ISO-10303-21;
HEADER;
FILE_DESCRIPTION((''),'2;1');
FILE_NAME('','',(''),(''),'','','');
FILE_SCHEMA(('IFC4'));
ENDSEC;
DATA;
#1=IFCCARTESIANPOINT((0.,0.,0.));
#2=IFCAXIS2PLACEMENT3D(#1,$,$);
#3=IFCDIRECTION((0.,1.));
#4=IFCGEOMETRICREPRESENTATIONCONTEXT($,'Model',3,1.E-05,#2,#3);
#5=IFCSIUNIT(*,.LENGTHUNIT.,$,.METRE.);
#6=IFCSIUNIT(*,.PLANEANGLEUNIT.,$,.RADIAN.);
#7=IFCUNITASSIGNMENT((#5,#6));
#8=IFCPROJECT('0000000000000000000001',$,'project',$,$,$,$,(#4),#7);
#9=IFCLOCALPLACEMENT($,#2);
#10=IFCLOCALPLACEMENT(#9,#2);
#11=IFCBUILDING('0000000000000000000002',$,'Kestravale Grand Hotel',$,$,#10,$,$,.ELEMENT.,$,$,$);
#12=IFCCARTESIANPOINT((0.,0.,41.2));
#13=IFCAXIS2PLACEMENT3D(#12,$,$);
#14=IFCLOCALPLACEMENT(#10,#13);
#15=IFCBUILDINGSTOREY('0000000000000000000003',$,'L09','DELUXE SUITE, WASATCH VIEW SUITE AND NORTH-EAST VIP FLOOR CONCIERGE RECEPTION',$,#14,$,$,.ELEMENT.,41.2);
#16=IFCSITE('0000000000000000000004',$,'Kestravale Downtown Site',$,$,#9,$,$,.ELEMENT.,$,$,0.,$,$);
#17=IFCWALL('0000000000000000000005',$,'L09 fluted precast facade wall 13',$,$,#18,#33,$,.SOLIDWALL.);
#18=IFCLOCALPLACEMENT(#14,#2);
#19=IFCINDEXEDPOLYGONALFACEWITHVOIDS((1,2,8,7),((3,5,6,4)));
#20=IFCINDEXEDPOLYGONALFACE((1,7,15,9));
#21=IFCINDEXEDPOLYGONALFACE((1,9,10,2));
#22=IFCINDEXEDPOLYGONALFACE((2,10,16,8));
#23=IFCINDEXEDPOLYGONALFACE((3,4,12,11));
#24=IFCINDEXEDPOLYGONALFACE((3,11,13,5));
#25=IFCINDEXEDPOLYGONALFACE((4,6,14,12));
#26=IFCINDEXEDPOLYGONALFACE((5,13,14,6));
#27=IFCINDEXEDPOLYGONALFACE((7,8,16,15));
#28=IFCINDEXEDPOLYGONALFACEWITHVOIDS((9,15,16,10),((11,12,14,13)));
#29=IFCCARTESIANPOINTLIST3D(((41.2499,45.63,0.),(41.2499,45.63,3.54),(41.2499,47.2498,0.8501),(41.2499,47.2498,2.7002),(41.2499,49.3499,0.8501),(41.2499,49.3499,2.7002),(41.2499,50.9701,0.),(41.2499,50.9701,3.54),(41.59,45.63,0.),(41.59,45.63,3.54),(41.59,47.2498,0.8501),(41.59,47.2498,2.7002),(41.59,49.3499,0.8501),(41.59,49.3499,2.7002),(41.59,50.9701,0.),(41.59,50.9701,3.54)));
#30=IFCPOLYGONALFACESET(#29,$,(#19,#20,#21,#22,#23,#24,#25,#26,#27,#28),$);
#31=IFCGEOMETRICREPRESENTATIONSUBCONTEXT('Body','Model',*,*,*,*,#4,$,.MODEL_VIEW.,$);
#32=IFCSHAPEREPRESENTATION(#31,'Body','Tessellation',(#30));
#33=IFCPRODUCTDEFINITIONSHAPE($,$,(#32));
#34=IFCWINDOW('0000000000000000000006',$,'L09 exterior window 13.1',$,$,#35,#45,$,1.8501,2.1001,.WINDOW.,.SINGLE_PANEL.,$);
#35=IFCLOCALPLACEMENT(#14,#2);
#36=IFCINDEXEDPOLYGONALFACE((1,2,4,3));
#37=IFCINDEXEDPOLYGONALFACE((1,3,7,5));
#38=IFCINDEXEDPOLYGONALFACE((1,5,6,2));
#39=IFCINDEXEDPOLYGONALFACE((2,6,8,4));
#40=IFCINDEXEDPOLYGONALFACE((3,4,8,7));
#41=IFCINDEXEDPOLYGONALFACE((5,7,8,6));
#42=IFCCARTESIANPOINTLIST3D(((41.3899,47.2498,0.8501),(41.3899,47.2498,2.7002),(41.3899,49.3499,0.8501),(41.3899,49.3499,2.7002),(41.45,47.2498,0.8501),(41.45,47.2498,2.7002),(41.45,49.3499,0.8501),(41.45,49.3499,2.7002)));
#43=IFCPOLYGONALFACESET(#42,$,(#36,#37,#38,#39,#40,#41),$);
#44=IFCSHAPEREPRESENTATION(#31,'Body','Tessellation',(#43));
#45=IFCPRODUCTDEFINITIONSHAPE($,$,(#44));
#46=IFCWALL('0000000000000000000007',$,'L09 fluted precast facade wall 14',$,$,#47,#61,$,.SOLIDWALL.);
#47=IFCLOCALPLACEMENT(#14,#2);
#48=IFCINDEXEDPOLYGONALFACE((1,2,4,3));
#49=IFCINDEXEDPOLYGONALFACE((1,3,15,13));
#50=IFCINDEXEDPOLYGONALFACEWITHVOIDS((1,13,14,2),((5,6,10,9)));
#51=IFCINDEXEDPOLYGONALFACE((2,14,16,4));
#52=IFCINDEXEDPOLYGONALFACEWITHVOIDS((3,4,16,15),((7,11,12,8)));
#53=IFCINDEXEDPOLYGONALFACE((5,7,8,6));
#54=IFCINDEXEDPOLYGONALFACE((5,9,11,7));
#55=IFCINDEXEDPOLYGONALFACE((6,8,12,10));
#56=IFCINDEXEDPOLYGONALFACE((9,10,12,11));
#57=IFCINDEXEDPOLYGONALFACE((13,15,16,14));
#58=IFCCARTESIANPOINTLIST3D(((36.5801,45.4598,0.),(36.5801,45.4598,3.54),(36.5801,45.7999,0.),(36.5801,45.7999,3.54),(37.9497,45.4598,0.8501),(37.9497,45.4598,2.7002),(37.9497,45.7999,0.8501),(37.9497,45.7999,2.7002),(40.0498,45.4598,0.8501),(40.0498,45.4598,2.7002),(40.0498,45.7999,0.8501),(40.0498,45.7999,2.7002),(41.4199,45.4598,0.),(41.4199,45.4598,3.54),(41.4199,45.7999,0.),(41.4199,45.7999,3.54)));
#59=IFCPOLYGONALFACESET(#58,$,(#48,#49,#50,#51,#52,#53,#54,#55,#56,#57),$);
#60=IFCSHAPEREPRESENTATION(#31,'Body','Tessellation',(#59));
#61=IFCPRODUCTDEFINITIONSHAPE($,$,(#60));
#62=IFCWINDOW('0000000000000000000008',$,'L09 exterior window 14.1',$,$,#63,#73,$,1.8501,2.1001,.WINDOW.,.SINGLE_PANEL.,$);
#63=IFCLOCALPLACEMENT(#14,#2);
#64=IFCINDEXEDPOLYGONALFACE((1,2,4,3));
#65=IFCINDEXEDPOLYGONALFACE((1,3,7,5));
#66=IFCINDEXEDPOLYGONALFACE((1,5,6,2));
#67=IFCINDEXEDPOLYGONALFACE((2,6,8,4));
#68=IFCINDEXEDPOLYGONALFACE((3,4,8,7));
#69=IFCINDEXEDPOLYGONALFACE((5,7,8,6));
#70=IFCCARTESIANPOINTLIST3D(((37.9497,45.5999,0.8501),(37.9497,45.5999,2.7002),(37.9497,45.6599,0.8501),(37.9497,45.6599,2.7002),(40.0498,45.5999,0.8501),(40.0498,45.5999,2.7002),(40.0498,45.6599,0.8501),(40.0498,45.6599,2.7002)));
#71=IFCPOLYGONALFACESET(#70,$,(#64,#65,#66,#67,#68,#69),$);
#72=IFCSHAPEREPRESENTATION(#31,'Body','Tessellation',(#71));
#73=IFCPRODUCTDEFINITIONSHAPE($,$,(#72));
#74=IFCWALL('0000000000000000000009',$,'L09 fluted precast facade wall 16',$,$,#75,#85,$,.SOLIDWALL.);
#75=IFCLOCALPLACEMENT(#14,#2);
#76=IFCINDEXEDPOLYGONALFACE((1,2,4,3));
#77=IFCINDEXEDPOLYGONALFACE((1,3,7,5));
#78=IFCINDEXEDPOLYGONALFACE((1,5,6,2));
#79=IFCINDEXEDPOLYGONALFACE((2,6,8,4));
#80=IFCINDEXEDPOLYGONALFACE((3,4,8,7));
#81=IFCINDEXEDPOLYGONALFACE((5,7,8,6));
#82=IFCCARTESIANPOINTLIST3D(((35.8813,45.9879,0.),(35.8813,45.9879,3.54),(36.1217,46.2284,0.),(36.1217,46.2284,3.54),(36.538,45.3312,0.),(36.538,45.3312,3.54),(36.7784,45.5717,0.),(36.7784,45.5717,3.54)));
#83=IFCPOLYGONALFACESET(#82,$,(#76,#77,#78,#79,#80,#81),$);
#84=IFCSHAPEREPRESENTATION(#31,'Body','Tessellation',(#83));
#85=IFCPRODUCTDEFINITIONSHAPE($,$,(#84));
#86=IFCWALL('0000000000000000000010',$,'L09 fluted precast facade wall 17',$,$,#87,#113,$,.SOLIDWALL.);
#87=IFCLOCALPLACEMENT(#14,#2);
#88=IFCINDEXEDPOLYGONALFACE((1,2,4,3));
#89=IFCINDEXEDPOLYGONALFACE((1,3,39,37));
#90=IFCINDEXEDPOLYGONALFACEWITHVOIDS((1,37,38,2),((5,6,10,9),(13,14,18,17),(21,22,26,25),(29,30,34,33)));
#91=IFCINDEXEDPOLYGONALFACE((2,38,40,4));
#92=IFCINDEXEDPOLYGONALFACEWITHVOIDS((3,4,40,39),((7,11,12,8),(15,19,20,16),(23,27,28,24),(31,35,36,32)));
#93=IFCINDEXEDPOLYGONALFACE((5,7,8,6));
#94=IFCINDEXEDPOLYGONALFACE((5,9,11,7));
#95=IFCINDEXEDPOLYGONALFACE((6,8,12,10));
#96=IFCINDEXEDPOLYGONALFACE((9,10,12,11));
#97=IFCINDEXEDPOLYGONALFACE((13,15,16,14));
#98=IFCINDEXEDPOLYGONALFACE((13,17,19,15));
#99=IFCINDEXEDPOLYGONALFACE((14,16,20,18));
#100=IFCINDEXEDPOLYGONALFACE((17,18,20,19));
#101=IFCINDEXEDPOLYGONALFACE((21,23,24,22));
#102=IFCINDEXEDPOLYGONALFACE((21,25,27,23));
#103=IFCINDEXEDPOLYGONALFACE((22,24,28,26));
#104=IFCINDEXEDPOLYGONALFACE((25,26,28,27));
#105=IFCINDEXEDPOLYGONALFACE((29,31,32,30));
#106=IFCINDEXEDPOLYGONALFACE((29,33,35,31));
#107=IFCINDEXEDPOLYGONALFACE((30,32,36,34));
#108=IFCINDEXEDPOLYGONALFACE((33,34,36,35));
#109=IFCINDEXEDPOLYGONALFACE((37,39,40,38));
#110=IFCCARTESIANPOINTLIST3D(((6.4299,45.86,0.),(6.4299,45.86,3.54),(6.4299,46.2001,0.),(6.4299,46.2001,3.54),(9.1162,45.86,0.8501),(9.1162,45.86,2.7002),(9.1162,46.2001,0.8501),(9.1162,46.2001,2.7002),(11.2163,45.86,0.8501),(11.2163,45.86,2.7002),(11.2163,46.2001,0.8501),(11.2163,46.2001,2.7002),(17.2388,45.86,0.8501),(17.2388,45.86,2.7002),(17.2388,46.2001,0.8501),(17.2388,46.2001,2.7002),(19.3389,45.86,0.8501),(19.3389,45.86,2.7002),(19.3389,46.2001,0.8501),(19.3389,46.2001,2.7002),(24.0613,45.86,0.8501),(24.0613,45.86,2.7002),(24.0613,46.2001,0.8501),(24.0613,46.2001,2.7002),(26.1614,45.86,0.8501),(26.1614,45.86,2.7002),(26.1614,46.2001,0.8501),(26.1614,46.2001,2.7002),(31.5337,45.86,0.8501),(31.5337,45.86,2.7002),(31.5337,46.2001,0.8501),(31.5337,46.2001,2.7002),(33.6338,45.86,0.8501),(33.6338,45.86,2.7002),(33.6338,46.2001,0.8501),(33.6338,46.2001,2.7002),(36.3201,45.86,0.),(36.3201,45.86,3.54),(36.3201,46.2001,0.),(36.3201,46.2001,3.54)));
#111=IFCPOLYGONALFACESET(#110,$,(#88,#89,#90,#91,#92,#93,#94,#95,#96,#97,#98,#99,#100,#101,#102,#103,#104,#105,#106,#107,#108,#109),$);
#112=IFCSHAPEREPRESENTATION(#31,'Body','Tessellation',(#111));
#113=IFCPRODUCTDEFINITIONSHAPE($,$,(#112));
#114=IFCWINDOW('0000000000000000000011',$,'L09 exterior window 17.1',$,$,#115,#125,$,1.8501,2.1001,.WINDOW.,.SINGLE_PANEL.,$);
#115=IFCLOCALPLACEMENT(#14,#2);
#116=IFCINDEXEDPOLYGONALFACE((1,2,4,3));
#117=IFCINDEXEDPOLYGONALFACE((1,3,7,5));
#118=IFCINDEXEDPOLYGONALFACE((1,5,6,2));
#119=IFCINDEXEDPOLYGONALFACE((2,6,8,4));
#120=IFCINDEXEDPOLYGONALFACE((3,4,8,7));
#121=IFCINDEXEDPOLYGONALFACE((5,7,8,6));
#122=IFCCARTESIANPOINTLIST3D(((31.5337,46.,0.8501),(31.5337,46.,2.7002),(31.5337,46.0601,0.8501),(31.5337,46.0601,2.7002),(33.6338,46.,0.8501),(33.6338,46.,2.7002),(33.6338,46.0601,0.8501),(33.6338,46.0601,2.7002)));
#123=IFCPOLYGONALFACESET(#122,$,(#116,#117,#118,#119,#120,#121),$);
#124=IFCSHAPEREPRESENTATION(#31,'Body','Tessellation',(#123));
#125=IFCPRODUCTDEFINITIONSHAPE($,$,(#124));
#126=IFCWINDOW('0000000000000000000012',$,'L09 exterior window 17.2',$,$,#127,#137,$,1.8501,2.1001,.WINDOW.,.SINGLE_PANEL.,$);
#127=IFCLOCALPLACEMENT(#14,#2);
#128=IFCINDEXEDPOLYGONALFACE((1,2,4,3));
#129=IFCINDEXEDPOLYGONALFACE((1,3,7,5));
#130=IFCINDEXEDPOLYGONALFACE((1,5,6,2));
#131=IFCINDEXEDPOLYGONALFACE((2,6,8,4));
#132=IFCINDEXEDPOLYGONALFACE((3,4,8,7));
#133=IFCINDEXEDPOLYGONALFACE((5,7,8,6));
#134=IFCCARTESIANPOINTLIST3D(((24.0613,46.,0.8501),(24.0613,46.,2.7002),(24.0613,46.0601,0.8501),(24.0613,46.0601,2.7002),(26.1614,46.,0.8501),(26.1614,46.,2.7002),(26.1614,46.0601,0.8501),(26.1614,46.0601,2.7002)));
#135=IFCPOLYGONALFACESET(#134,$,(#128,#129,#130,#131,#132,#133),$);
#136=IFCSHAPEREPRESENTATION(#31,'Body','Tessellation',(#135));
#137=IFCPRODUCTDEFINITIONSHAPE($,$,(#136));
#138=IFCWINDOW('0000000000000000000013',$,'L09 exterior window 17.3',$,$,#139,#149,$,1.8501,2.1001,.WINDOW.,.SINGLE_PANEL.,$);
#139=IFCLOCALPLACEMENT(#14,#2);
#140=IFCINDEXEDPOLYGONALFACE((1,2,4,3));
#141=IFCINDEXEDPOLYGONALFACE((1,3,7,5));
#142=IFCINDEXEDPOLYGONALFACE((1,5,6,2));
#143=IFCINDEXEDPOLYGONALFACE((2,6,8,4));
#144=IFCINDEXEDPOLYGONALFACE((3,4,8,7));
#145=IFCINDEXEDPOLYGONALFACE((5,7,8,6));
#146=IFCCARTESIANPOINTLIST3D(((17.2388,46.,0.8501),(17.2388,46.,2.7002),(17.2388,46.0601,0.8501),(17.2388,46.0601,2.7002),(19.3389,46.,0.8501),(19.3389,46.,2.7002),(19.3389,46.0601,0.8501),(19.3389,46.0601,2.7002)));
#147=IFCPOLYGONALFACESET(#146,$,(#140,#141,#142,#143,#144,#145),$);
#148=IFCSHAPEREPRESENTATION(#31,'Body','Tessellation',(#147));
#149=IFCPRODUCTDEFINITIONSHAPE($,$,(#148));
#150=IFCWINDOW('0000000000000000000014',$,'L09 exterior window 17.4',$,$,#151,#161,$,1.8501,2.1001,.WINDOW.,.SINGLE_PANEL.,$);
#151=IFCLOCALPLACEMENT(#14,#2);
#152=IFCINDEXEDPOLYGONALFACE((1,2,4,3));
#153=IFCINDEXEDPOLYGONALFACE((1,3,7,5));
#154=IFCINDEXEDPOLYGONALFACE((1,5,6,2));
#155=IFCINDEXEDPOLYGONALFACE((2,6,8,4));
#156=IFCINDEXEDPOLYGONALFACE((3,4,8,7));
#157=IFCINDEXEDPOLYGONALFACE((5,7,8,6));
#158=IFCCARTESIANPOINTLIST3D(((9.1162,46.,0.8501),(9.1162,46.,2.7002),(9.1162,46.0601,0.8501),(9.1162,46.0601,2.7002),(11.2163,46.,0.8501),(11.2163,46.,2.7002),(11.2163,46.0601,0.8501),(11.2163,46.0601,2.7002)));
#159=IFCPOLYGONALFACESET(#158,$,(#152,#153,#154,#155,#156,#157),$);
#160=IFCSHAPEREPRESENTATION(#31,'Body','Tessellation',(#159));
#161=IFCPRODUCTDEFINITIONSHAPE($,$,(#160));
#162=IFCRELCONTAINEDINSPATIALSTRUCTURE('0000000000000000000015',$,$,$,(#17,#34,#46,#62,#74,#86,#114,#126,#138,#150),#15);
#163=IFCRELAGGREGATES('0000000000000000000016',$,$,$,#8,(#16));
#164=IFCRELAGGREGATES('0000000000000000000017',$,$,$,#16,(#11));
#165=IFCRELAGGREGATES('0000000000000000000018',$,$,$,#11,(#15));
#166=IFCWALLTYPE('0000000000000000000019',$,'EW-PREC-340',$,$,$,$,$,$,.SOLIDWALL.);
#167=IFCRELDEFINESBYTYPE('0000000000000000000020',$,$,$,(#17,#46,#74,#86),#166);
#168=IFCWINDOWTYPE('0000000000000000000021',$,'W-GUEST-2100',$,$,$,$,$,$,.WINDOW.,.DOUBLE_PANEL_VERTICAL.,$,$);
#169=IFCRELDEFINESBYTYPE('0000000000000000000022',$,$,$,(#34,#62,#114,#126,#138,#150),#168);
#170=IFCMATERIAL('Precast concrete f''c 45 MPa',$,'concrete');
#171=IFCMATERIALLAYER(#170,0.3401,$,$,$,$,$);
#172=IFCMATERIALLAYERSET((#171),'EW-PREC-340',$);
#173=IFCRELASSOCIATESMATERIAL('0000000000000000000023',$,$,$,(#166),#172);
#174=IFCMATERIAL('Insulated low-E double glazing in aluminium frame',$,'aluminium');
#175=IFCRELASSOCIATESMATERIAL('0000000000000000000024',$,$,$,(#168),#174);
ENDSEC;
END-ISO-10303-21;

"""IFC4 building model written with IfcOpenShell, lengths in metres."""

from ifc_helpers import new_model, si_unit, direction, frame, frame_2d, origin, place, context, subcontext, project, spatial, rectangle, extrude, material, layer, layer_set, type_object, element, fill, save


model = new_model("IFC4")

# Units and contexts
model_context = context("Model", 3, precision=1e-05, world=origin(), true_north=direction((0.0, 1.0)))
body_context = subcontext(model_context, "Body", "Model", "MODEL_VIEW")
ifc_project = project(units=[si_unit("LENGTHUNIT", "METRE"), si_unit("PLANEANGLEUNIT", "RADIAN")], contexts=[model_context])

# Site, building, storey
site_placement = place(None, origin())
site = spatial("IfcSite", under=ifc_project, at=site_placement, Name="Kestravale Downtown Site", CompositionType="ELEMENT", RefElevation=0.0)
building_placement = place(site_placement, origin())
building = spatial("IfcBuilding", under=site, at=building_placement, Name="Kestravale Grand Hotel", CompositionType="ELEMENT")
storey_placement = place(building_placement, frame((0.0, 0.0, 41.2)))
storey = spatial("IfcBuildingStorey", under=building, at=storey_placement, Name="L09", Description="DELUXE SUITE, WASATCH VIEW SUITE AND NORTH-EAST VIP FLOOR CONCIERGE RECEPTION", CompositionType="ELEMENT", Elevation=41.2)

# Shared definitions
ifc_material_1 = material(Name="Precast concrete f'c 45 MPa", Category="concrete")
ifc_layer_1 = layer(ifc_material_1, 0.3401)
ifc_layer_set_1 = layer_set([ifc_layer_1], Name="EW-PREC-340")
wall_type_1 = type_object("IfcWallType", Name="EW-PREC-340", PredefinedType="SOLIDWALL", material=ifc_layer_set_1)

# Walls, openings, windows
wall_1_placement = place(storey_placement, frame((41.4199, 50.97, 0.0), z_axis=(0.0, 0.0, 1.0), x_axis=(0.0, -1.0, 0.0)))
wall_1 = element("IfcWall", 1, at=wall_1_placement, inside=storey, type_object=wall_type_1, Name="L09 fluted precast facade wall 13", PredefinedType="SOLIDWALL", context=body_context, shape_type="SweptSolid", body=[
    extrude(rectangle(XDim=5.3401, YDim=0.3401, at=frame_2d((2.6699, 0.0))), origin(), (0.0, 0.0, 1.0), 3.54),
])
opening_1_placement = place(wall_1_placement, frame((1.6201, 0.0, 0.8501)))
opening_1 = element("IfcOpeningElement", 2, at=opening_1_placement, cuts=wall_1, PredefinedType="OPENING", context=body_context, shape_type="SweptSolid", body=[
    extrude(rectangle(XDim=2.1001, YDim=1.8501, at=frame_2d((1.05, 0.925))), frame((0.0, 0.1799, 0.0), z_axis=(0.0, -1.0, 0.0), x_axis=(1.0, 0.0, 0.0)), (0.0, 0.0, 1.0), 0.3601),
])
ifc_material_2 = material(Name="Insulated low-E double glazing in aluminium frame", Category="aluminium")
window_type = type_object("IfcWindowType", Name="W-GUEST-2100", PartitioningType="DOUBLE_PANEL_VERTICAL", PredefinedType="WINDOW", material=ifc_material_2)
window_1_placement = place(opening_1_placement, origin())
window_1 = element("IfcWindow", 3, at=window_1_placement, inside=storey, type_object=window_type, Name="L09 exterior window 13.1", OverallHeight=1.8501, OverallWidth=2.1001, PartitioningType="SINGLE_PANEL", PredefinedType="WINDOW", context=body_context, shape_type="SweptSolid", body=[
    extrude(rectangle(XDim=2.1001, YDim=1.8501, at=frame_2d((1.05, 0.925))), frame((0.0, 0.03, 0.0), z_axis=(0.0, -1.0, 0.0), x_axis=(1.0, 0.0, 0.0)), (0.0, 0.0, 1.0), 0.0601),
])
fill(opening_1, window_1)
wall_2_placement = place(storey_placement, frame((41.4199, 45.6299, 0.0), z_axis=(0.0, 0.0, 1.0), x_axis=(-1.0, 0.0, 0.0)))
wall_2 = element("IfcWall", 4, at=wall_2_placement, inside=storey, type_object=wall_type_1, Name="L09 fluted precast facade wall 14", PredefinedType="SOLIDWALL", context=body_context, shape_type="SweptSolid", body=[
    extrude(rectangle(XDim=4.8398, YDim=0.3401, at=frame_2d((2.4199, 0.0))), origin(), (0.0, 0.0, 1.0), 3.54),
])
opening_2_placement = place(wall_2_placement, frame((1.3701, 0.0, 0.8501)))
opening_2 = element("IfcOpeningElement", 5, at=opening_2_placement, cuts=wall_2, PredefinedType="OPENING", context=body_context, shape_type="SweptSolid", body=[
    extrude(rectangle(XDim=2.1001, YDim=1.8501, at=frame_2d((1.05, 0.925))), frame((0.0, 0.1799, 0.0), z_axis=(0.0, -1.0, 0.0), x_axis=(1.0, 0.0, 0.0)), (0.0, 0.0, 1.0), 0.3601),
])
window_2_placement = place(opening_2_placement, origin())
window_2 = element("IfcWindow", 6, at=window_2_placement, inside=storey, type_object=window_type, Name="L09 exterior window 14.1", OverallHeight=1.8501, OverallWidth=2.1001, PartitioningType="SINGLE_PANEL", PredefinedType="WINDOW", context=body_context, shape_type="SweptSolid", body=[
    extrude(rectangle(XDim=2.1001, YDim=1.8501, at=frame_2d((1.05, 0.925))), frame((0.0, 0.03, 0.0), z_axis=(0.0, -1.0, 0.0), x_axis=(1.0, 0.0, 0.0)), (0.0, 0.0, 1.0), 0.0601),
])
fill(opening_2, window_2)

# Wall
wall_3_placement = place(storey_placement, frame((36.6582, 45.4514, 0.0), z_axis=(0.0, 0.0, 1.0), x_axis=(-0.707107, 0.707107, 0.0)))
element("IfcWall", 7, at=wall_3_placement, inside=storey, type_object=wall_type_1, Name="L09 fluted precast facade wall 16", PredefinedType="SOLIDWALL", context=body_context, shape_type="SweptSolid", body=[
    extrude(rectangle(XDim=0.9287, YDim=0.3401, at=frame_2d((0.4644, 0.0))), origin(), (0.0, 0.0, 1.0), 3.54),
])

# Wall, openings, windows
wall_4_placement = place(storey_placement, frame((36.3201, 46.03, 0.0), z_axis=(0.0, 0.0, 1.0), x_axis=(-1.0, 0.0, 0.0)))
wall_4 = element("IfcWall", 8, at=wall_4_placement, inside=storey, type_object=wall_type_1, Name="L09 fluted precast facade wall 17", PredefinedType="SOLIDWALL", context=body_context, shape_type="SweptSolid", body=[
    extrude(rectangle(XDim=29.8901, YDim=0.3401, at=frame_2d((14.9451, 0.0))), origin(), (0.0, 0.0, 1.0), 3.54),
])
opening_3_placement = place(wall_4_placement, frame((2.6863, 0.0, 0.8501)))
opening_3 = element("IfcOpeningElement", 9, at=opening_3_placement, cuts=wall_4, PredefinedType="OPENING", context=body_context, shape_type="SweptSolid", body=[
    extrude(rectangle(XDim=2.1001, YDim=1.8501, at=frame_2d((1.05, 0.925))), frame((0.0, 0.1799, 0.0), z_axis=(0.0, -1.0, 0.0), x_axis=(1.0, 0.0, 0.0)), (0.0, 0.0, 1.0), 0.3601),
])
opening_4_placement = place(wall_4_placement, frame((10.1587, 0.0, 0.8501)))
opening_4 = element("IfcOpeningElement", 10, at=opening_4_placement, cuts=wall_4, PredefinedType="OPENING", context=body_context, shape_type="SweptSolid", body=[
    extrude(rectangle(XDim=2.1001, YDim=1.8501, at=frame_2d((1.05, 0.925))), frame((0.0, 0.1799, 0.0), z_axis=(0.0, -1.0, 0.0), x_axis=(1.0, 0.0, 0.0)), (0.0, 0.0, 1.0), 0.3601),
])
opening_5_placement = place(wall_4_placement, frame((16.9812, 0.0, 0.8501)))
opening_5 = element("IfcOpeningElement", 11, at=opening_5_placement, cuts=wall_4, PredefinedType="OPENING", context=body_context, shape_type="SweptSolid", body=[
    extrude(rectangle(XDim=2.1001, YDim=1.8501, at=frame_2d((1.05, 0.925))), frame((0.0, 0.1799, 0.0), z_axis=(0.0, -1.0, 0.0), x_axis=(1.0, 0.0, 0.0)), (0.0, 0.0, 1.0), 0.3601),
])
opening_6_placement = place(wall_4_placement, frame((25.1038, 0.0, 0.8501)))
opening_6 = element("IfcOpeningElement", 12, at=opening_6_placement, cuts=wall_4, PredefinedType="OPENING", context=body_context, shape_type="SweptSolid", body=[
    extrude(rectangle(XDim=2.1001, YDim=1.8501, at=frame_2d((1.05, 0.925))), frame((0.0, 0.1799, 0.0), z_axis=(0.0, -1.0, 0.0), x_axis=(1.0, 0.0, 0.0)), (0.0, 0.0, 1.0), 0.3601),
])
window_3_placement = place(opening_3_placement, origin())
window_3 = element("IfcWindow", 13, at=window_3_placement, inside=storey, type_object=window_type, Name="L09 exterior window 17.1", OverallHeight=1.8501, OverallWidth=2.1001, PartitioningType="SINGLE_PANEL", PredefinedType="WINDOW", context=body_context, shape_type="SweptSolid", body=[
    extrude(rectangle(XDim=2.1001, YDim=1.8501, at=frame_2d((1.05, 0.925))), frame((0.0, 0.03, 0.0), z_axis=(0.0, -1.0, 0.0), x_axis=(1.0, 0.0, 0.0)), (0.0, 0.0, 1.0), 0.0601),
])
fill(opening_3, window_3)
window_4_placement = place(opening_4_placement, origin())
window_4 = element("IfcWindow", 14, at=window_4_placement, inside=storey, type_object=window_type, Name="L09 exterior window 17.2", OverallHeight=1.8501, OverallWidth=2.1001, PartitioningType="SINGLE_PANEL", PredefinedType="WINDOW", context=body_context, shape_type="SweptSolid", body=[
    extrude(rectangle(XDim=2.1001, YDim=1.8501, at=frame_2d((1.05, 0.925))), frame((0.0, 0.03, 0.0), z_axis=(0.0, -1.0, 0.0), x_axis=(1.0, 0.0, 0.0)), (0.0, 0.0, 1.0), 0.0601),
])
fill(opening_4, window_4)
window_5_placement = place(opening_5_placement, origin())
window_5 = element("IfcWindow", 15, at=window_5_placement, inside=storey, type_object=window_type, Name="L09 exterior window 17.3", OverallHeight=1.8501, OverallWidth=2.1001, PartitioningType="SINGLE_PANEL", PredefinedType="WINDOW", context=body_context, shape_type="SweptSolid", body=[
    extrude(rectangle(XDim=2.1001, YDim=1.8501, at=frame_2d((1.05, 0.925))), frame((0.0, 0.03, 0.0), z_axis=(0.0, -1.0, 0.0), x_axis=(1.0, 0.0, 0.0)), (0.0, 0.0, 1.0), 0.0601),
])
fill(opening_5, window_5)
window_6_placement = place(opening_6_placement, origin())
window_6 = element("IfcWindow", 16, at=window_6_placement, inside=storey, type_object=window_type, Name="L09 exterior window 17.4", OverallHeight=1.8501, OverallWidth=2.1001, PartitioningType="SINGLE_PANEL", PredefinedType="WINDOW", context=body_context, shape_type="SweptSolid", body=[
    extrude(rectangle(XDim=2.1001, YDim=1.8501, at=frame_2d((1.05, 0.925))), frame((0.0, 0.03, 0.0), z_axis=(0.0, -1.0, 0.0), x_axis=(1.0, 0.0, 0.0)), (0.0, 0.0, 1.0), 0.0601),
])
fill(opening_6, window_6)

save(model, "model.ifc")
